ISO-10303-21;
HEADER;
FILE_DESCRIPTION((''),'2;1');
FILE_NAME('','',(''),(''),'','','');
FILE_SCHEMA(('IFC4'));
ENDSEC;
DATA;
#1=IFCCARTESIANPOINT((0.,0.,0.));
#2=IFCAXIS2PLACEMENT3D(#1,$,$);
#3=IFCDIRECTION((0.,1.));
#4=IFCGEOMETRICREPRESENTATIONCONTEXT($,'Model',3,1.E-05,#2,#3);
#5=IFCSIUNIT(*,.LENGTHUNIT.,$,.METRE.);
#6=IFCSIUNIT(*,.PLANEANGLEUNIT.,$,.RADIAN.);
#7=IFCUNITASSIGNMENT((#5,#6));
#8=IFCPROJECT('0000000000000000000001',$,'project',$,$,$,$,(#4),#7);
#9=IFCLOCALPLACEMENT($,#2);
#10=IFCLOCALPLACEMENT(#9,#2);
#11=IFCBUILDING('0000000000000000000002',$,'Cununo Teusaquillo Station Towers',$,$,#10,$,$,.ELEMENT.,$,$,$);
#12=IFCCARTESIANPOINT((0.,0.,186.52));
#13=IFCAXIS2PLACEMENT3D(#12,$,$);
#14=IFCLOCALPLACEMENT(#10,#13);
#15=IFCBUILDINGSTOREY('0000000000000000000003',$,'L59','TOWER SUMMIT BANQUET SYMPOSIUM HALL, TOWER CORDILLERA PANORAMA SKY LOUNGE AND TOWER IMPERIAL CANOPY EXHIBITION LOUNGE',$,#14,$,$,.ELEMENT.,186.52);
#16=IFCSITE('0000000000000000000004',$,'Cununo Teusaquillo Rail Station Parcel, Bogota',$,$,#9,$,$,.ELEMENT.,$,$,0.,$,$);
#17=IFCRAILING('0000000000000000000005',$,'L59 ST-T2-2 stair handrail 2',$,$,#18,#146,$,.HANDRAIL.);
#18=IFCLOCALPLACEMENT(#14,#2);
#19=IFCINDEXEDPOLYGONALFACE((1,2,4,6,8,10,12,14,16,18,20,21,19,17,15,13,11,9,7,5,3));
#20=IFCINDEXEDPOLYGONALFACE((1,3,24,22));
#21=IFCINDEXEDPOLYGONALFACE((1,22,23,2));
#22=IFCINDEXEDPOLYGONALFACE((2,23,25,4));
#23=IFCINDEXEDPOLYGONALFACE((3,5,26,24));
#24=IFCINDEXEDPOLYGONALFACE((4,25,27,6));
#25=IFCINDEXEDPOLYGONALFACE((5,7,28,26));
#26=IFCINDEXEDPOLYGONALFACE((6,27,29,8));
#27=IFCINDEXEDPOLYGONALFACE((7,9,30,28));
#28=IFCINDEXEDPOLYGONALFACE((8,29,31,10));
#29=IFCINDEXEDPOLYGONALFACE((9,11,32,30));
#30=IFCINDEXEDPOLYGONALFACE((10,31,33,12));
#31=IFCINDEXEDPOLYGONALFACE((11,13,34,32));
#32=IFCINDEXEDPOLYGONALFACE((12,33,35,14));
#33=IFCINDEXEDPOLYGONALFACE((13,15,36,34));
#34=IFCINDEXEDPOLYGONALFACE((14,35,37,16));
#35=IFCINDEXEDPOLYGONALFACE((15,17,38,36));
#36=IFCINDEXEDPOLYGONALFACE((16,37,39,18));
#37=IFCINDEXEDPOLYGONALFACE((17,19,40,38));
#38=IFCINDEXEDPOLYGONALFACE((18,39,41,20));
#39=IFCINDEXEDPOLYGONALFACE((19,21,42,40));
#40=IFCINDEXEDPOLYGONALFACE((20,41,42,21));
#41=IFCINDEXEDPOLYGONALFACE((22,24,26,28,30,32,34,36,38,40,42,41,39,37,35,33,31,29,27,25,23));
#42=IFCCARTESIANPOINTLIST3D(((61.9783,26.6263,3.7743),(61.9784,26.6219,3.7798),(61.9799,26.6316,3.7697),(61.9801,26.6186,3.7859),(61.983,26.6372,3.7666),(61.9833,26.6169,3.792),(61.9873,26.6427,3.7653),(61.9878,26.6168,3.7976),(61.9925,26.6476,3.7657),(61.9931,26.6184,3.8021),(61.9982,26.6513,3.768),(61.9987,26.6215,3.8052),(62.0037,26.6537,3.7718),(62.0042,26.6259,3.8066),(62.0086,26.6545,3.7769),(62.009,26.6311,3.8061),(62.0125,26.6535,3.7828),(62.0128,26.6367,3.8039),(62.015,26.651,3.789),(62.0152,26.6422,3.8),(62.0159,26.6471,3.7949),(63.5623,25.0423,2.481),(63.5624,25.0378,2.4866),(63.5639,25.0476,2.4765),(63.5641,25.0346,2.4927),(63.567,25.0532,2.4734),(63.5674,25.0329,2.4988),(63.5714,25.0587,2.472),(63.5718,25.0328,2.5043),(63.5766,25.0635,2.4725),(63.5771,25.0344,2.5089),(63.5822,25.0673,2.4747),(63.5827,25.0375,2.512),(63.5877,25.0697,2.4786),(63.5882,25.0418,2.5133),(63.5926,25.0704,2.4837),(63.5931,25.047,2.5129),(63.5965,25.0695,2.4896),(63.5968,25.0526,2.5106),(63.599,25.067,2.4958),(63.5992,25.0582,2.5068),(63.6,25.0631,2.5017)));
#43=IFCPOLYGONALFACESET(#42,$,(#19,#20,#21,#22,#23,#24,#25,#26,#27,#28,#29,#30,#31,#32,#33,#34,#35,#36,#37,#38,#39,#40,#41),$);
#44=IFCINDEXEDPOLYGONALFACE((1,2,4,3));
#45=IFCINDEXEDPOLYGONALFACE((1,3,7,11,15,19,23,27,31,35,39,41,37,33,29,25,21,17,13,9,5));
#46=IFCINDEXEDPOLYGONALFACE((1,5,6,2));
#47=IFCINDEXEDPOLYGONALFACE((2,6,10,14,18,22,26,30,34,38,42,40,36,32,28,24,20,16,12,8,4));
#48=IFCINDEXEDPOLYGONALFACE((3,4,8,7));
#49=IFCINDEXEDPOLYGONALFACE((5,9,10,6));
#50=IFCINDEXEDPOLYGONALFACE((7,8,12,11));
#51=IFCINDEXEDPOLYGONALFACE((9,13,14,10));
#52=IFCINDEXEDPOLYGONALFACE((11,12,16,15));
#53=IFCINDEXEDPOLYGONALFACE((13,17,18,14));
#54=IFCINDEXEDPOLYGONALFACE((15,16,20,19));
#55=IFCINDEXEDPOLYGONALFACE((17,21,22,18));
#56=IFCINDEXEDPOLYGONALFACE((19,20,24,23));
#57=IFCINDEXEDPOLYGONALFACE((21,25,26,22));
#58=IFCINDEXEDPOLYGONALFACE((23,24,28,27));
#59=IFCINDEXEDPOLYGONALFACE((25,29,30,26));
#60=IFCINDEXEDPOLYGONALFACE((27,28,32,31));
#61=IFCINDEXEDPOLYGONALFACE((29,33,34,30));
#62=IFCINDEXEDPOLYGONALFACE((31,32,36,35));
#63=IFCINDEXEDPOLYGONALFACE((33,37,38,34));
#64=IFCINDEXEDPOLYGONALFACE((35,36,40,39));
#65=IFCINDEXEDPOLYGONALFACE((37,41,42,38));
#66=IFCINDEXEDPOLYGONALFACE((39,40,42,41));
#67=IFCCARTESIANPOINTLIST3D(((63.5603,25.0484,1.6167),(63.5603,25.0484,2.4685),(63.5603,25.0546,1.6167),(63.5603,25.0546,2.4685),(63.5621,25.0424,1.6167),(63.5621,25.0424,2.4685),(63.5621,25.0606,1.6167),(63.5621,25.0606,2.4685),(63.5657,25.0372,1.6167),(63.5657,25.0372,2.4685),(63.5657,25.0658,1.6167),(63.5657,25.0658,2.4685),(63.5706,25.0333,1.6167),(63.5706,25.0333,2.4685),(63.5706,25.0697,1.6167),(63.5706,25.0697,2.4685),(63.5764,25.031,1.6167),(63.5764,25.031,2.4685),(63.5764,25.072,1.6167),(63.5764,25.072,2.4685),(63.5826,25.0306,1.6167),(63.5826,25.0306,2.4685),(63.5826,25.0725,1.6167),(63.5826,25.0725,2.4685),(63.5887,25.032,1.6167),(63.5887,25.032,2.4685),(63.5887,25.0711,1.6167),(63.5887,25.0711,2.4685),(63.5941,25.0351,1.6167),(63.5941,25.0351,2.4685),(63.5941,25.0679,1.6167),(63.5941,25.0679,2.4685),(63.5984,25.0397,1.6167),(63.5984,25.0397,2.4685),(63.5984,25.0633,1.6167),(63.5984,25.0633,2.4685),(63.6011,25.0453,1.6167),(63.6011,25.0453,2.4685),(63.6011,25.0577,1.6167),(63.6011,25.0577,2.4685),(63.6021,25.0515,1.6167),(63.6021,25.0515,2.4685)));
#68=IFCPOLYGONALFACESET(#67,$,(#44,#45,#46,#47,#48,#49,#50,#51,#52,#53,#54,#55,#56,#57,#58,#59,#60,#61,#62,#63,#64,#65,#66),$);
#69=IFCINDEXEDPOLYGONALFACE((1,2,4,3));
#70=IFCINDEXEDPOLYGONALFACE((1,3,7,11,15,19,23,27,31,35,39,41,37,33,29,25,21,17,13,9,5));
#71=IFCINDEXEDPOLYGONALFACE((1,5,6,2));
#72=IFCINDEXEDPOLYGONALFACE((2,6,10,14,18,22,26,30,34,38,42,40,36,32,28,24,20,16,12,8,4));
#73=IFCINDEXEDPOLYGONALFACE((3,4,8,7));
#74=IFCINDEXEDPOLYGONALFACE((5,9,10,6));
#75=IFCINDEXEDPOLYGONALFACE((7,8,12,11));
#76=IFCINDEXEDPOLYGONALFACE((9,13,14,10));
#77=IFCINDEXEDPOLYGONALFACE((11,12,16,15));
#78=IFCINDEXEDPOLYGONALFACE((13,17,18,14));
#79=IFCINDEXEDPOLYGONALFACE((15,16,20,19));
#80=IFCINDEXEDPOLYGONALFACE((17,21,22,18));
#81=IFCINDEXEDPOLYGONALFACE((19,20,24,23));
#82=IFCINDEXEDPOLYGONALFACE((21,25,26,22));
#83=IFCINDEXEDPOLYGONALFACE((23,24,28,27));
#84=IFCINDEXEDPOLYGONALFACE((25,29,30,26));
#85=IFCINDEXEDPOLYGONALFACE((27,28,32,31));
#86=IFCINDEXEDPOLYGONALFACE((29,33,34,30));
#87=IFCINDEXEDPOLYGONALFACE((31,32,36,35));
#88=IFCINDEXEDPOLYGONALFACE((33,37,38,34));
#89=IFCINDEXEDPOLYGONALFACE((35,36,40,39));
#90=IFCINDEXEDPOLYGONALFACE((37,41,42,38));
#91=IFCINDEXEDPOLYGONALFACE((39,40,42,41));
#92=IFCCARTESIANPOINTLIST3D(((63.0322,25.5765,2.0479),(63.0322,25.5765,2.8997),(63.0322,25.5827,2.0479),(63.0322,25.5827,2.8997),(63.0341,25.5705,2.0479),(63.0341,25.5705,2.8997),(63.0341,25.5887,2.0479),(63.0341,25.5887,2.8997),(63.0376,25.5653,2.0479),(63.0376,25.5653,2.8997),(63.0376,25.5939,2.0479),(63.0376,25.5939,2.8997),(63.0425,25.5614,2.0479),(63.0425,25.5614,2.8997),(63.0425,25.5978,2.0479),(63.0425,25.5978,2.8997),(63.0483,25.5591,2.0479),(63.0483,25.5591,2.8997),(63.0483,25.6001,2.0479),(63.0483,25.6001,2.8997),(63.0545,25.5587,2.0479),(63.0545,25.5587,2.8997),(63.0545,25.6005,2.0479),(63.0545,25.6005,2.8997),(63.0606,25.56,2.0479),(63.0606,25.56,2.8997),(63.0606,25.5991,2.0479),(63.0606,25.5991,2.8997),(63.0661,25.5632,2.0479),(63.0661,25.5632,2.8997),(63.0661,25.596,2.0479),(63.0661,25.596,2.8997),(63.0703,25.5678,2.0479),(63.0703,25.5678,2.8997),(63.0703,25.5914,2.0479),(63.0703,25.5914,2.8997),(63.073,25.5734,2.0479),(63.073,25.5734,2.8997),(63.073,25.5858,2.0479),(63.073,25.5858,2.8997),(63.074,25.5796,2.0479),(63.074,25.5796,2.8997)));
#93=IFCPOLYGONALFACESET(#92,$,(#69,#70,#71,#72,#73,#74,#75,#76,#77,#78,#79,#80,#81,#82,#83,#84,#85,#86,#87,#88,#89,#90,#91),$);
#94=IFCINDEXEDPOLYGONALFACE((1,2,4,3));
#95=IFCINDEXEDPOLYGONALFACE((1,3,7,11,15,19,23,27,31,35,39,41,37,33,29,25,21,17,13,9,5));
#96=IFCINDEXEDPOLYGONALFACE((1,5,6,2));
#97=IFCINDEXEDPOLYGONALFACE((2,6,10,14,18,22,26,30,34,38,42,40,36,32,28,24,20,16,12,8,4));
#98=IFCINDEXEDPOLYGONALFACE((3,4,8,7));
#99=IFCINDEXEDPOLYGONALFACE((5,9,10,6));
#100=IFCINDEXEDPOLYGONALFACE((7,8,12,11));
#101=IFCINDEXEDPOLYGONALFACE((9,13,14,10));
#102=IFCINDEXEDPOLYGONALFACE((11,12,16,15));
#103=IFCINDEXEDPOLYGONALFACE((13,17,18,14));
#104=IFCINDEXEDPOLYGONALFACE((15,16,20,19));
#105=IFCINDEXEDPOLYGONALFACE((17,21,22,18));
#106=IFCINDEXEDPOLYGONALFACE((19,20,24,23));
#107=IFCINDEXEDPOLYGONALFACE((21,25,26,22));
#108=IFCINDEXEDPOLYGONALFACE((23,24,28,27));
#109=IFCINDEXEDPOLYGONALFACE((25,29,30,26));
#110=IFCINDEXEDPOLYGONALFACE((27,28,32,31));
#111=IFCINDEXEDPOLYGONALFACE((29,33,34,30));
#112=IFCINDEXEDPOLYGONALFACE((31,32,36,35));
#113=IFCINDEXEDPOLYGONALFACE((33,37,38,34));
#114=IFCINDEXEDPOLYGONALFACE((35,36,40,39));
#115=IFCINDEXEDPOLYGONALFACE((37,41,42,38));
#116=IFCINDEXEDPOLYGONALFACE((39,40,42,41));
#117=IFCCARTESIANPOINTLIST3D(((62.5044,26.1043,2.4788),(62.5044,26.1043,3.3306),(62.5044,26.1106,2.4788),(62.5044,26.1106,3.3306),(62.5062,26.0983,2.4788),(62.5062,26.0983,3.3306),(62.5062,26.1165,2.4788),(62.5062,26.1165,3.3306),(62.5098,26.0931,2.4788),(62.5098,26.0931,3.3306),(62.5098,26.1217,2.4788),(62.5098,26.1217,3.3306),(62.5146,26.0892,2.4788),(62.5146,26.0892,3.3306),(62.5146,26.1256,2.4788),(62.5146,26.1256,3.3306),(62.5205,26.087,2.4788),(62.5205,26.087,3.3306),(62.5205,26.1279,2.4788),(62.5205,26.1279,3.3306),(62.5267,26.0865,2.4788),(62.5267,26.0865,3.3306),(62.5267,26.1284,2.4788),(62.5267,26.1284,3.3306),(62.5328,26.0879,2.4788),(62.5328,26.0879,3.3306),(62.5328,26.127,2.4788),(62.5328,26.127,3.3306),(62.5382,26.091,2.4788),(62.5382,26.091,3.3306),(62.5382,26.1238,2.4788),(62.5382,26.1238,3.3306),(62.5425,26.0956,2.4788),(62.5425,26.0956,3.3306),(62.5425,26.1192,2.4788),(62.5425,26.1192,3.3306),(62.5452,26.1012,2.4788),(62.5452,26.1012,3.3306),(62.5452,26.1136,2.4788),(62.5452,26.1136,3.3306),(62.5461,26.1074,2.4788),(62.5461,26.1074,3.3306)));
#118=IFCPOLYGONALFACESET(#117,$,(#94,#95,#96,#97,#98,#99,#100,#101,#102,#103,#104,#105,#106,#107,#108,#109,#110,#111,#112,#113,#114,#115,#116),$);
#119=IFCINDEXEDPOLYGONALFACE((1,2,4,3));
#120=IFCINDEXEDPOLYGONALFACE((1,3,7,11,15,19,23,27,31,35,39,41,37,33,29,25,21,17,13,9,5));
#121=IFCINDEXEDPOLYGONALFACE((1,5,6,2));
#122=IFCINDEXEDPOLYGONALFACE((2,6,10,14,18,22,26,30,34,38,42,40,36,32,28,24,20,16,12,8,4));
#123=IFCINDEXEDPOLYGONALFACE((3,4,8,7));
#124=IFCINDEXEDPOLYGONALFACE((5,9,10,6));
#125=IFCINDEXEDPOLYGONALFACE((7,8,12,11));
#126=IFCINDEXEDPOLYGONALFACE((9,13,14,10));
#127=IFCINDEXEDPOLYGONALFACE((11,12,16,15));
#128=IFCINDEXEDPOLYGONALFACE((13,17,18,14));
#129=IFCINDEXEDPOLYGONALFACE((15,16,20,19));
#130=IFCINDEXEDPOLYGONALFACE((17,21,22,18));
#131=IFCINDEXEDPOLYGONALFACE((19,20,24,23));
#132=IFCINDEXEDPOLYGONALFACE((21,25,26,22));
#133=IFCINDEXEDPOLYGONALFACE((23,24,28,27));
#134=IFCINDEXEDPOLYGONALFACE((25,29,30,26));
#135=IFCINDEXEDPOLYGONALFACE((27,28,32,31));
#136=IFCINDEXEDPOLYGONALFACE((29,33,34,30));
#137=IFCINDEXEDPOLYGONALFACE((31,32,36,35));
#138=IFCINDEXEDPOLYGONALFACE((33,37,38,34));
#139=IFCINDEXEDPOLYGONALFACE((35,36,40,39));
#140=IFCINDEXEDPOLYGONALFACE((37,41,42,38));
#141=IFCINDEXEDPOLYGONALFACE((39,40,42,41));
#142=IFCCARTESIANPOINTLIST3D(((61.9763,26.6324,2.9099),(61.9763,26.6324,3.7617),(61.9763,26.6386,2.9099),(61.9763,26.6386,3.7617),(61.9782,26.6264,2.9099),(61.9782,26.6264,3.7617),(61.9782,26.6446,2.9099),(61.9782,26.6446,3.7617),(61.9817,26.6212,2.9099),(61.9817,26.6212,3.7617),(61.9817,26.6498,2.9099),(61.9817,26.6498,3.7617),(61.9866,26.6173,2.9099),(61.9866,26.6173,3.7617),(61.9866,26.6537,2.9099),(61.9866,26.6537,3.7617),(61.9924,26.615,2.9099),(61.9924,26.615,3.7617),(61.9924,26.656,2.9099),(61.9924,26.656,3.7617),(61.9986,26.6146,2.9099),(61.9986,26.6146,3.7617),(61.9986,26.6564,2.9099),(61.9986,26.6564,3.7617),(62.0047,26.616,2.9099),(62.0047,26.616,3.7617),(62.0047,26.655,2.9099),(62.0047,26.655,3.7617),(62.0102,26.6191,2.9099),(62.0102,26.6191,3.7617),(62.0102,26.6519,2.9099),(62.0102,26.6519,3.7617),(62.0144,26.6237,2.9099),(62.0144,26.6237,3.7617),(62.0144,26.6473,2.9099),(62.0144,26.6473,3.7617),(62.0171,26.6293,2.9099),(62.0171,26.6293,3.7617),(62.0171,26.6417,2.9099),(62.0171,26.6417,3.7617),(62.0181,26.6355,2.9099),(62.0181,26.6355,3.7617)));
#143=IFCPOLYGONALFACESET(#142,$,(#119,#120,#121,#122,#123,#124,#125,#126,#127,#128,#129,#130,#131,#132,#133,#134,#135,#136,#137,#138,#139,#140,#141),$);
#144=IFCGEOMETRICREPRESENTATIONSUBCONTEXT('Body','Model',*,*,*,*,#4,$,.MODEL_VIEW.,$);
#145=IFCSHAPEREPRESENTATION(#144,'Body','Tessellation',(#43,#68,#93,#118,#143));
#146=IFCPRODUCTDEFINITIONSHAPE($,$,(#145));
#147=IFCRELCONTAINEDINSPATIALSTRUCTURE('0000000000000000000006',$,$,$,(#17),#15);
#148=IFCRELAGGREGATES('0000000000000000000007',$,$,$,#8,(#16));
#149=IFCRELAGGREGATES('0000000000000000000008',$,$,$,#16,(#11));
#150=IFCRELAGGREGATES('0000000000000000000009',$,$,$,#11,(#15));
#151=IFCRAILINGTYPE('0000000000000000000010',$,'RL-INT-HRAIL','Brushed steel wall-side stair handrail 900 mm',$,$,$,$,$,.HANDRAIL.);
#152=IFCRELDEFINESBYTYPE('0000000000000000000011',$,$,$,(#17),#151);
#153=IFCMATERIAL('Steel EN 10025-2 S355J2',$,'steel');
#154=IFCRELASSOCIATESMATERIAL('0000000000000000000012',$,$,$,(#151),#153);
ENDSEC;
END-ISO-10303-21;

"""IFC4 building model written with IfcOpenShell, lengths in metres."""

from ifc_helpers import new_model, si_unit, direction, frame, origin, origin_2d, place, context, subcontext, project, spatial, circle, extrude, material, type_object, element, save


model = new_model("IFC4")

# Units and contexts
model_context = context("Model", 3, precision=1e-05, world=origin(), true_north=direction((0.0, 1.0)))
body_context = subcontext(model_context, "Body", "Model", "MODEL_VIEW")
ifc_project = project(units=[si_unit("LENGTHUNIT", "METRE"), si_unit("PLANEANGLEUNIT", "RADIAN")], contexts=[model_context])

# Site, building, storey
site_placement = place(None, origin())
site = spatial("IfcSite", under=ifc_project, at=site_placement, Name="Cununo Teusaquillo Rail Station Parcel, Bogota", CompositionType="ELEMENT", RefElevation=0.0)
building_placement = place(site_placement, origin())
building = spatial("IfcBuilding", under=site, at=building_placement, Name="Cununo Teusaquillo Station Towers", CompositionType="ELEMENT")
storey_placement = place(building_placement, frame((0.0, 0.0, 186.52)))
storey = spatial("IfcBuildingStorey", under=building, at=storey_placement, Name="L59", Description="TOWER SUMMIT BANQUET SYMPOSIUM HALL, TOWER CORDILLERA PANORAMA SKY LOUNGE AND TOWER IMPERIAL CANOPY EXHIBITION LOUNGE", CompositionType="ELEMENT", Elevation=186.52)

# Railing
ifc_material_1 = material(Name="Steel EN 10025-2 S355J2", Category="steel")
railing_type_1 = type_object("IfcRailingType", Name="RL-INT-HRAIL", Description="Brushed steel wall-side stair handrail 900 mm", PredefinedType="HANDRAIL", material=ifc_material_1)
railing_1_placement = place(storey_placement, frame((63.5811, 25.0515, 1.6167)))
element("IfcRailing", 1, at=railing_1_placement, inside=storey, type_object=railing_type_1, Name="L59 ST-T2-2 stair handrail 2", PredefinedType="HANDRAIL", context=body_context, shape_type="SweptSolid", body=[
    extrude(circle(Radius=0.0239, at=origin_2d()), frame((0.0, 0.0, 0.876), z_axis=(-0.612385, 0.612385, 0.49997), x_axis=(-0.707107, -0.707107, 0.0)), (0.0, 0.0, 1.0), 2.5867),
    extrude(circle(Radius=0.021, at=origin_2d()), origin(), (0.0, 0.0, 1.0), 0.8518),
    extrude(circle(Radius=0.021, at=origin_2d()), frame((-0.5281, 0.5281, 0.4312)), (0.0, 0.0, 1.0), 0.8518),
    extrude(circle(Radius=0.021, at=origin_2d()), frame((-1.0559, 1.0559, 0.8621)), (0.0, 0.0, 1.0), 0.8518),
    extrude(circle(Radius=0.021, at=origin_2d()), frame((-1.584, 1.584, 1.2932)), (0.0, 0.0, 1.0), 0.8518),
])

save(model, "model.ifc")
